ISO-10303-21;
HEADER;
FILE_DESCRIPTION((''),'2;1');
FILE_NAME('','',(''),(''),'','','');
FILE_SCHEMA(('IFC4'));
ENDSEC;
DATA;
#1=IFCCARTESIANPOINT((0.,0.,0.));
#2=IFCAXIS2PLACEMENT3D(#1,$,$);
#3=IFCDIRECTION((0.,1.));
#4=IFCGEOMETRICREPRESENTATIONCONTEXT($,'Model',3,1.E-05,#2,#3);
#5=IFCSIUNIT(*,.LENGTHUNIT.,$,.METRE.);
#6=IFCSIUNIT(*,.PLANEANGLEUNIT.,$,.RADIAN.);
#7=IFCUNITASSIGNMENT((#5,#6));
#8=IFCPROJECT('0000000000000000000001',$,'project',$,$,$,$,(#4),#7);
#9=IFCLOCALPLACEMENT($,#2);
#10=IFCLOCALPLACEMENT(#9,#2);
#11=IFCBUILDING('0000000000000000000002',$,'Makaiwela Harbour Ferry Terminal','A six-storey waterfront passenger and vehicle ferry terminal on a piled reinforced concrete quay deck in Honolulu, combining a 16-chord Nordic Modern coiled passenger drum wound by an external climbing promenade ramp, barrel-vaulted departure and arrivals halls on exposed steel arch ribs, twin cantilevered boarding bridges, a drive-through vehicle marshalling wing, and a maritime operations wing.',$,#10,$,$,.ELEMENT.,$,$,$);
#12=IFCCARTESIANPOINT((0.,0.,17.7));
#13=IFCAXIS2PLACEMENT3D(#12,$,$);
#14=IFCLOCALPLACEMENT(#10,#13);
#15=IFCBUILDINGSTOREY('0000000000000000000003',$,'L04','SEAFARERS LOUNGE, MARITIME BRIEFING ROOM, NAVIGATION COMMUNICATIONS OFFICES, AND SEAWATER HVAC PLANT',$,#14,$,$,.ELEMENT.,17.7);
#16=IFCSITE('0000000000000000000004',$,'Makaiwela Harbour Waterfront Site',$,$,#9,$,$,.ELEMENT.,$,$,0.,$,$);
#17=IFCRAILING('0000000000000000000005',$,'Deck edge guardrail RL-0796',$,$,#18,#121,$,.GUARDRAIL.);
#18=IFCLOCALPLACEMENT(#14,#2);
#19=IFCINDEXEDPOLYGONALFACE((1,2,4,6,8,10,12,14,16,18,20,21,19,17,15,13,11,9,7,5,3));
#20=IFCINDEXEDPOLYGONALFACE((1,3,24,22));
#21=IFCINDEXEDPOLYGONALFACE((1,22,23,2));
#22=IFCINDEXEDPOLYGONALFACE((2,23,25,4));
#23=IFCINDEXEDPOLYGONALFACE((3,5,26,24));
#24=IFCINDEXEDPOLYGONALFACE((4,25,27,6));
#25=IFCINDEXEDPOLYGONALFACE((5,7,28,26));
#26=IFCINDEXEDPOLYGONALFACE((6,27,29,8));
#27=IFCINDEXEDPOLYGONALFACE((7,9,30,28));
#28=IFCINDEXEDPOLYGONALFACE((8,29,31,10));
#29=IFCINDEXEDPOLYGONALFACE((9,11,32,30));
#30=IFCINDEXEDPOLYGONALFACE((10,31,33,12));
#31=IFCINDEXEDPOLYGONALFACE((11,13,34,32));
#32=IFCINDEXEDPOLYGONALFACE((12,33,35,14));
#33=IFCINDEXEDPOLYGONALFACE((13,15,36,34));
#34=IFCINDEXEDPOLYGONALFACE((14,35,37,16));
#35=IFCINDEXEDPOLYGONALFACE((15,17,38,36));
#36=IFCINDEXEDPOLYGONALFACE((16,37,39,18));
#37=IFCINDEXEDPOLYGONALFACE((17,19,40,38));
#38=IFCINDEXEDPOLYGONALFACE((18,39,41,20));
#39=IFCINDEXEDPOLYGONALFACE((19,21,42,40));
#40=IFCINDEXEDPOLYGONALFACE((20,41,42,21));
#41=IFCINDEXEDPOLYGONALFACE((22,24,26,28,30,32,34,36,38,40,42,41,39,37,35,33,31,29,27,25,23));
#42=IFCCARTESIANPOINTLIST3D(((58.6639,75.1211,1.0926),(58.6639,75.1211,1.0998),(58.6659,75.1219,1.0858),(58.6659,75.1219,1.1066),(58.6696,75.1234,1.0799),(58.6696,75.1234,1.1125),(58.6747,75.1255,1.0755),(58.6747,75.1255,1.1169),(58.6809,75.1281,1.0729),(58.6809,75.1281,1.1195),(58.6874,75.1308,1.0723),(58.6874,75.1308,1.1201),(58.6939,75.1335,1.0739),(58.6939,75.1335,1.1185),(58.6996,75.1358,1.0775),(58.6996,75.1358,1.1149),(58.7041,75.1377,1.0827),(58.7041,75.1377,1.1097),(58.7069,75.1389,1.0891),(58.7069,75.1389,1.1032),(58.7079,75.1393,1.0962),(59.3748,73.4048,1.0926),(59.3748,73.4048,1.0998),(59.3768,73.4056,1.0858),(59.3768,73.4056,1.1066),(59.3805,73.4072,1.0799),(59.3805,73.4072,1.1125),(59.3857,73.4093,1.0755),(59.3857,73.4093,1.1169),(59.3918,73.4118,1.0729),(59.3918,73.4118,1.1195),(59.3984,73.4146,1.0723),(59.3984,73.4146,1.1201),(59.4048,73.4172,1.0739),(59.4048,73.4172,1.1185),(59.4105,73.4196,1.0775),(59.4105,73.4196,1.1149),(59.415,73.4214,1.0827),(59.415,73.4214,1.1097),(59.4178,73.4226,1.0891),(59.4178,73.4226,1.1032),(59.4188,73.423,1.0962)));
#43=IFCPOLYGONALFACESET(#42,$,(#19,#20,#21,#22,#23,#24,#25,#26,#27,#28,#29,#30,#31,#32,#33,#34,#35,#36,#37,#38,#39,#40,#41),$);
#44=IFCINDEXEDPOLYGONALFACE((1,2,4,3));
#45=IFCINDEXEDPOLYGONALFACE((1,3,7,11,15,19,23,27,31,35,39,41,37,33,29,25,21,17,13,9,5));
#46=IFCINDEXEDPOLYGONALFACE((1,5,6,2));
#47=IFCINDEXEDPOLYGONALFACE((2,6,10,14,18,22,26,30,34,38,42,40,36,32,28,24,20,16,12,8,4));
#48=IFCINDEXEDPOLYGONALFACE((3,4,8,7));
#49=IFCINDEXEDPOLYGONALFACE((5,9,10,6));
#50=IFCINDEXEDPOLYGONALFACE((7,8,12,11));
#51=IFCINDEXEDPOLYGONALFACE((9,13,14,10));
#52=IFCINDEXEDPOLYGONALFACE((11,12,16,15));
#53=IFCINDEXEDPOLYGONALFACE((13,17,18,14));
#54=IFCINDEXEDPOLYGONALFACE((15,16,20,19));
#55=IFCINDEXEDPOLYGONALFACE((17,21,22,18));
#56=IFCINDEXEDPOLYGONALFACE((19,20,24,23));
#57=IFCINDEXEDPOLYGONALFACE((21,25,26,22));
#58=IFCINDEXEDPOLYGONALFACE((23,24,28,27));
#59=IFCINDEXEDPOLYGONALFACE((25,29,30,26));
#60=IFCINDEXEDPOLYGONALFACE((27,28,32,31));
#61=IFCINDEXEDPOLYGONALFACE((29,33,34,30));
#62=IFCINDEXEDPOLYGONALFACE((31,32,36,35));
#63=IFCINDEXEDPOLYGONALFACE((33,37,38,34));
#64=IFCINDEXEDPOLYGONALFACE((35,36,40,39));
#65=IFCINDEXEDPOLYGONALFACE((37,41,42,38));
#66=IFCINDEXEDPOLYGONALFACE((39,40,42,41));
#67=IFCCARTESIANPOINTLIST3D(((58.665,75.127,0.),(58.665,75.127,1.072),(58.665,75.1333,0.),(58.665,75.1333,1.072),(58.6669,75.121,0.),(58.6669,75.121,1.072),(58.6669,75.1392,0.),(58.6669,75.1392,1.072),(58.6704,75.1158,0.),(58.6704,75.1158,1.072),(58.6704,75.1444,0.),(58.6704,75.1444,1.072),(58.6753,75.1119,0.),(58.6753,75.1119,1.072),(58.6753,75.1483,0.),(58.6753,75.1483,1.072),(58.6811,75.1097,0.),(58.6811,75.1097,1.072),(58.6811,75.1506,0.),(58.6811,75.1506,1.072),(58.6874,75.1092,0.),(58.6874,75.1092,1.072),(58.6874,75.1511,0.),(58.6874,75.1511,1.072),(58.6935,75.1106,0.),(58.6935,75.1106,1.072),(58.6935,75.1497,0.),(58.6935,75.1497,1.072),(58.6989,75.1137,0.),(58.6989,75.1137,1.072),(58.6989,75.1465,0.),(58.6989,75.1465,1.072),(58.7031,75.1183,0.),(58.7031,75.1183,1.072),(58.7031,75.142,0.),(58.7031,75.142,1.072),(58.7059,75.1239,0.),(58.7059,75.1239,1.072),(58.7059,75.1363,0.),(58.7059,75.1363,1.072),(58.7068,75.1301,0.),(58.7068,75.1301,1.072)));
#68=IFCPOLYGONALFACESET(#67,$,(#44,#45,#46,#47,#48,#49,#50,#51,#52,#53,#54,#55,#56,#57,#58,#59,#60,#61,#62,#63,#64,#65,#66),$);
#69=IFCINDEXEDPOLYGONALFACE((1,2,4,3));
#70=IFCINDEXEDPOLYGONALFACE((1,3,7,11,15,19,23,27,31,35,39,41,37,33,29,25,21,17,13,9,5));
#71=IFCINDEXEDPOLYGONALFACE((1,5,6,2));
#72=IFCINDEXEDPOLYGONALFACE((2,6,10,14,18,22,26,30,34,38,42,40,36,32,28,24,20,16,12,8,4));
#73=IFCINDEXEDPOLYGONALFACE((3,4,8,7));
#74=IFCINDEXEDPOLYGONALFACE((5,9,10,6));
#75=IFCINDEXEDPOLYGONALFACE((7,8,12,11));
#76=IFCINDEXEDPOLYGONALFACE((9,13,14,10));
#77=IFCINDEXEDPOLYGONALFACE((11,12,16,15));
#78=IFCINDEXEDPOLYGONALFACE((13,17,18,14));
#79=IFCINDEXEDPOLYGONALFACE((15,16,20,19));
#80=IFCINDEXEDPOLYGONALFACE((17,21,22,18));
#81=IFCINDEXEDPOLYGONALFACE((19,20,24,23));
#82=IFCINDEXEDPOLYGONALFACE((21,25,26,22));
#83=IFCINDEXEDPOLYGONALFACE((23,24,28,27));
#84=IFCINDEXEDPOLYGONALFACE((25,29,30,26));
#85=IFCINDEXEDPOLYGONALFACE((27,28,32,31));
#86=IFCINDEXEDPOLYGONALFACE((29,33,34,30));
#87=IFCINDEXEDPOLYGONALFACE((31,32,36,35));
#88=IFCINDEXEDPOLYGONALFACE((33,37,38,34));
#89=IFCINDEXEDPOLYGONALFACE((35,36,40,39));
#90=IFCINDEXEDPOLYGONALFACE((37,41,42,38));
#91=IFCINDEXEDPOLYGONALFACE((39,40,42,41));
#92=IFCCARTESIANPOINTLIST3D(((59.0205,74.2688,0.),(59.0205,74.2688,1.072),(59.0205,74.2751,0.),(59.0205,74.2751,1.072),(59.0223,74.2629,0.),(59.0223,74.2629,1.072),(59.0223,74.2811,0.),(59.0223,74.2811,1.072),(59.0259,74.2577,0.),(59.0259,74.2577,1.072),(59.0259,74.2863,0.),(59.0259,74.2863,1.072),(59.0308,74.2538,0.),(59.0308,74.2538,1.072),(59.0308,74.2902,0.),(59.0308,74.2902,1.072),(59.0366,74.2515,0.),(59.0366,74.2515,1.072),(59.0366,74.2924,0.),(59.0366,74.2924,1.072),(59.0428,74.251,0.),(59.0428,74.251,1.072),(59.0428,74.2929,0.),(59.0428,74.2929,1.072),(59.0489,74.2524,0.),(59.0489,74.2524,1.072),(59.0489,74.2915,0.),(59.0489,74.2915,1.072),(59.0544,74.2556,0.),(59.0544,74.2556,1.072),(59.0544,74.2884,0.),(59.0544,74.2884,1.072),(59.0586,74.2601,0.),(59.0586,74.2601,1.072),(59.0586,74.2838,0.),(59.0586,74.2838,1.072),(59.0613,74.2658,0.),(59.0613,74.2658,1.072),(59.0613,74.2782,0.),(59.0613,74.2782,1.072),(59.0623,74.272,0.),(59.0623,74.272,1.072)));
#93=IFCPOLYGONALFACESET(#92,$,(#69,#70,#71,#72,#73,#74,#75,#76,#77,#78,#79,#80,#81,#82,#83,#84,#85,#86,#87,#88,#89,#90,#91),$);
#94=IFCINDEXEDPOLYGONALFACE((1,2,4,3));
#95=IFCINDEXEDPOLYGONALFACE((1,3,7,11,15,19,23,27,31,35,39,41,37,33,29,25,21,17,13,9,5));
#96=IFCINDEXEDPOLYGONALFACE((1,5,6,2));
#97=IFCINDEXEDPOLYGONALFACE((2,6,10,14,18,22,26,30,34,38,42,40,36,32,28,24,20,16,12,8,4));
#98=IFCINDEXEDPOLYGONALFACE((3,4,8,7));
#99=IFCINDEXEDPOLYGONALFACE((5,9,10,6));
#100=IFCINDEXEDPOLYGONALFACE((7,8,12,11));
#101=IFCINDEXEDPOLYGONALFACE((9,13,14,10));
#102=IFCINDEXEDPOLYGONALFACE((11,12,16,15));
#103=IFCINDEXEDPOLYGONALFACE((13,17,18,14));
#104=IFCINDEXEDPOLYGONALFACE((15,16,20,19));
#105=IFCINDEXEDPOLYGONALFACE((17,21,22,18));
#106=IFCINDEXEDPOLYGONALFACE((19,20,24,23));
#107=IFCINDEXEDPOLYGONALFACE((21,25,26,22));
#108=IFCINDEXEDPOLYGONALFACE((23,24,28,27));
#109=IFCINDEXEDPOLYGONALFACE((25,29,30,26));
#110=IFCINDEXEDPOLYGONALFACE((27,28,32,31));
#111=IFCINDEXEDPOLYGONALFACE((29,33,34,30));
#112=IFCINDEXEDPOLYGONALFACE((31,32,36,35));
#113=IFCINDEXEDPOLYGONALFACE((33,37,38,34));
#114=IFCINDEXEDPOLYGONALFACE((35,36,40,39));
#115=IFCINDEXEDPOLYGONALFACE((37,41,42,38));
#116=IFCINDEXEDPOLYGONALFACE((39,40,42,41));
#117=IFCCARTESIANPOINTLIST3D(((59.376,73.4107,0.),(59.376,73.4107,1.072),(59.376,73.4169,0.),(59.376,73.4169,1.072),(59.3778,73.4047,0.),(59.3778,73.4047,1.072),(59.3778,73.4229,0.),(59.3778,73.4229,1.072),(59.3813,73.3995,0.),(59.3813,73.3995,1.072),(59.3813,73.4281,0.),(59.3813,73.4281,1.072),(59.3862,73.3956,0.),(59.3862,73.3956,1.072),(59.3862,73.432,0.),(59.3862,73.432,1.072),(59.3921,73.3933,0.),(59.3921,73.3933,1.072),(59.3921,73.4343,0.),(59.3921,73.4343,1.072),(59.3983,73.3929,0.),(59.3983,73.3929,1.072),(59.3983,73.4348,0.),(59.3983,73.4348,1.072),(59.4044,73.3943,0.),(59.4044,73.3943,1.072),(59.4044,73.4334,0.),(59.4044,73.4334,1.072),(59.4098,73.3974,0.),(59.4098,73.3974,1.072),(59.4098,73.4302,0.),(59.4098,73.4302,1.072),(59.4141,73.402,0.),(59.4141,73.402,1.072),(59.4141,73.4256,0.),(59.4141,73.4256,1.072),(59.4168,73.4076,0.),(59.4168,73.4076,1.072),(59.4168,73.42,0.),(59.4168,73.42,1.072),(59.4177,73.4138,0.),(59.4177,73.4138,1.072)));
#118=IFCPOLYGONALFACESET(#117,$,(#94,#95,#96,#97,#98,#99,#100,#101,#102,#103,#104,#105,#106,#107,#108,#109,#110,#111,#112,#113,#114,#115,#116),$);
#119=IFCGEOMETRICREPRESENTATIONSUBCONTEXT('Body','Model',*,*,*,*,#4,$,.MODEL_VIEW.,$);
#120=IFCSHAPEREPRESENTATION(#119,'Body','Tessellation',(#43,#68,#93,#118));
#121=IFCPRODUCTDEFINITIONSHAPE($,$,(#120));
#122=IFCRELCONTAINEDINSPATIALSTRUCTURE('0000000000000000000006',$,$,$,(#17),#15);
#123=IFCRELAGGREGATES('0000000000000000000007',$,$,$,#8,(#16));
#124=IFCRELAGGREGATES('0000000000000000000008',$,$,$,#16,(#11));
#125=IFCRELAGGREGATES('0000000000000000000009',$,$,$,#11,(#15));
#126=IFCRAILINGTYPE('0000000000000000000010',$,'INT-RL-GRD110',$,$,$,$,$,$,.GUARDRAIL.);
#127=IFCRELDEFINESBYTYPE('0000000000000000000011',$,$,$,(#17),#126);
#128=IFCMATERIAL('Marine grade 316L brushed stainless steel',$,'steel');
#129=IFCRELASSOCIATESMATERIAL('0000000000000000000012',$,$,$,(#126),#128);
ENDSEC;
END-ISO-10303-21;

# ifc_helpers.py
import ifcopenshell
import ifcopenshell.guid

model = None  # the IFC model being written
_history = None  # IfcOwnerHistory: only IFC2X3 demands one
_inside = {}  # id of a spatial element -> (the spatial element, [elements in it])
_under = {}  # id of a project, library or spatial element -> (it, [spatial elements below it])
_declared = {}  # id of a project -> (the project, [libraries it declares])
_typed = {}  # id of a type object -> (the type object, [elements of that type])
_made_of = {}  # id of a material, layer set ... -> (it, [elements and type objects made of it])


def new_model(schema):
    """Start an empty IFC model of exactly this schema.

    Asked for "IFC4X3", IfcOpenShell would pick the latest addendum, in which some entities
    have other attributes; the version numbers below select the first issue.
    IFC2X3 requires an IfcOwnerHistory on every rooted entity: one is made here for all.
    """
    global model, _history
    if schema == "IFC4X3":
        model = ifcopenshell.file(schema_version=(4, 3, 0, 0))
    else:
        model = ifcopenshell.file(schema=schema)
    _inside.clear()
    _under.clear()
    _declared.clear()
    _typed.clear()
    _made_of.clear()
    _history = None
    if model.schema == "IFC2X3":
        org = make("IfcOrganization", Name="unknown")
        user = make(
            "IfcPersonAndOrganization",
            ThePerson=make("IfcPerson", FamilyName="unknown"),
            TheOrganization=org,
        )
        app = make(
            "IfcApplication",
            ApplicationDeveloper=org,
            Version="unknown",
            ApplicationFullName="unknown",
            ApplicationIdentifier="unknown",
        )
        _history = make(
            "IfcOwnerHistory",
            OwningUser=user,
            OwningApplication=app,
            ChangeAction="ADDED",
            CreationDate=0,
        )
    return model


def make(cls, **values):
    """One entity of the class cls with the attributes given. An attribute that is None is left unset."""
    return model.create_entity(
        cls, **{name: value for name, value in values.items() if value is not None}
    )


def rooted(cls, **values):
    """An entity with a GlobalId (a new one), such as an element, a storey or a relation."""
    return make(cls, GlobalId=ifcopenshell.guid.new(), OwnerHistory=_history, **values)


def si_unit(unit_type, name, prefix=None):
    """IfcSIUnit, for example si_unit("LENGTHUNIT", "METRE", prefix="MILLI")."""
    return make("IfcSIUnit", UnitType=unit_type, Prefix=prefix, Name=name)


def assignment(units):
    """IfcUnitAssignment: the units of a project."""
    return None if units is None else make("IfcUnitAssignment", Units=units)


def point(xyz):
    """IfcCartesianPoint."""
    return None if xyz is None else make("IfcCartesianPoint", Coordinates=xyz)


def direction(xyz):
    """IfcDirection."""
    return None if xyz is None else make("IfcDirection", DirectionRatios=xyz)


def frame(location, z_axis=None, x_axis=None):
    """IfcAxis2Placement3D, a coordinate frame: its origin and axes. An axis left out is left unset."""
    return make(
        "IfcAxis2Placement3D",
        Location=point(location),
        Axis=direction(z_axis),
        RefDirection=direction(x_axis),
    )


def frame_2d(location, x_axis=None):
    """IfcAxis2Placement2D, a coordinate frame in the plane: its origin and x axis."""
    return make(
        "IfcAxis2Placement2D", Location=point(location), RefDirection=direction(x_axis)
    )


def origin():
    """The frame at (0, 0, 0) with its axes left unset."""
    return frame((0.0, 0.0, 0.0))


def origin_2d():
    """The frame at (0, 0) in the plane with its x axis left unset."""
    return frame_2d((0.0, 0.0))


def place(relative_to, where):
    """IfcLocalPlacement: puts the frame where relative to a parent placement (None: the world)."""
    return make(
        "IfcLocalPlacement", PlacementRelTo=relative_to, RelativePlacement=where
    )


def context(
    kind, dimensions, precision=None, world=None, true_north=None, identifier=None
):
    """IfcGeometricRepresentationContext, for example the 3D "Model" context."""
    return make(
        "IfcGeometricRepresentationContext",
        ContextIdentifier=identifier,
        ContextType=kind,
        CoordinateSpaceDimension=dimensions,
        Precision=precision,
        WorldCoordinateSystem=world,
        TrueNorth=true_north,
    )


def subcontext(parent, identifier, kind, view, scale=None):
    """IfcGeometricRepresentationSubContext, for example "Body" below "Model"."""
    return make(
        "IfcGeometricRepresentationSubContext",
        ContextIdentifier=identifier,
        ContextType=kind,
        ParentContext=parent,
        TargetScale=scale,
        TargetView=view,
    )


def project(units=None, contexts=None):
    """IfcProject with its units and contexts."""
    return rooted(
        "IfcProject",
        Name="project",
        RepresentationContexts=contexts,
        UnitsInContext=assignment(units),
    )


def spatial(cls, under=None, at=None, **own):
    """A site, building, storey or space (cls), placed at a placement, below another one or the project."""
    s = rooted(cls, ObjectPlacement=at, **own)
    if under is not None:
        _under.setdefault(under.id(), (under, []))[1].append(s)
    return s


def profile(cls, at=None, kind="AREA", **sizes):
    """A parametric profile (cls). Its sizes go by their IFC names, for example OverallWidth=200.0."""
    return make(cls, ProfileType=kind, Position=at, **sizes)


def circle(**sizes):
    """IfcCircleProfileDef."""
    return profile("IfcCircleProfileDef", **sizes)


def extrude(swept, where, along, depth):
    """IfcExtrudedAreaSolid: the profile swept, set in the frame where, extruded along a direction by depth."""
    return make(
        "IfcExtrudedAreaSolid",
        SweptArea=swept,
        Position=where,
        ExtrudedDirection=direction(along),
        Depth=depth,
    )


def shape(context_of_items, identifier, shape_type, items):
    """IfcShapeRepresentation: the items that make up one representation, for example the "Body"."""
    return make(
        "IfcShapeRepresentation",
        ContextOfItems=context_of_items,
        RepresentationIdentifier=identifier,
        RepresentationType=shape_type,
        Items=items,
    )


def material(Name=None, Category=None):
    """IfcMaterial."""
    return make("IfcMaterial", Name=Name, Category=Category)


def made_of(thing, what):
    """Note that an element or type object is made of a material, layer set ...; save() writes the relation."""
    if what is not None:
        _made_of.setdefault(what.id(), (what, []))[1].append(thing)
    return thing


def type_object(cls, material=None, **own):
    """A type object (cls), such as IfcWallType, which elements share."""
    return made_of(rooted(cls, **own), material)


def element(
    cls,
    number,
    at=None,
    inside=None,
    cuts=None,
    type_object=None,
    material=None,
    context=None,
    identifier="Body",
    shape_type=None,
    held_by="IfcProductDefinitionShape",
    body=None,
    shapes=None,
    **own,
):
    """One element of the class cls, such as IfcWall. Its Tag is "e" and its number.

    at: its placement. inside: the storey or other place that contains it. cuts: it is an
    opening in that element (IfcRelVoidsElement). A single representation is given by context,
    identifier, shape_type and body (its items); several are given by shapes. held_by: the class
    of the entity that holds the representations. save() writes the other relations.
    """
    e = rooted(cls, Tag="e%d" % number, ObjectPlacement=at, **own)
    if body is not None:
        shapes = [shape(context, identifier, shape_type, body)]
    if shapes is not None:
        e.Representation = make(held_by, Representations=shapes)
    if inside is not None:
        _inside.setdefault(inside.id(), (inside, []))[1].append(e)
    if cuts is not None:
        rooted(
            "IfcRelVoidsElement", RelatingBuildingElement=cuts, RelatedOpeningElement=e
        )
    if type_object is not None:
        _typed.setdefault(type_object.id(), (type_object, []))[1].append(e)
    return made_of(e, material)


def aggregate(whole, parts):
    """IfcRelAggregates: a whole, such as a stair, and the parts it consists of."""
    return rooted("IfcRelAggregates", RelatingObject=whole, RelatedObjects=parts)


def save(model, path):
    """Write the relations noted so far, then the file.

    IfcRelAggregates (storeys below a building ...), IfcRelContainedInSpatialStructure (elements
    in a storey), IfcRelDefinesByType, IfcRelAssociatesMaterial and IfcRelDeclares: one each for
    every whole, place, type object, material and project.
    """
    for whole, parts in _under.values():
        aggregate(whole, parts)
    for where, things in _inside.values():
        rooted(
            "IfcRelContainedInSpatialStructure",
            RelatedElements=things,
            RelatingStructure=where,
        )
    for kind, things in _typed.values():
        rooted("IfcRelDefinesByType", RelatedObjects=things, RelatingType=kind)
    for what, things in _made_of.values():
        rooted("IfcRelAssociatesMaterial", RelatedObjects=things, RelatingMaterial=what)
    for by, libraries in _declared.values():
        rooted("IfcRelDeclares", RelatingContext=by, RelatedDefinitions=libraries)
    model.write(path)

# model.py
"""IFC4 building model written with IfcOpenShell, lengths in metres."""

from ifc_helpers import new_model, si_unit, direction, frame, origin, origin_2d, place, context, subcontext, project, spatial, circle, extrude, material, type_object, element, save


model = new_model("IFC4")

# Units and contexts
model_context = context("Model", 3, precision=1e-05, world=origin(), true_north=direction((0.0, 1.0)))
body_context = subcontext(model_context, "Body", "Model", "MODEL_VIEW")
ifc_project = project(units=[si_unit("LENGTHUNIT", "METRE"), si_unit("PLANEANGLEUNIT", "RADIAN")], contexts=[model_context])

# Site, building, storey
site_placement = place(None, origin())
site = spatial("IfcSite", under=ifc_project, at=site_placement, Name="Makaiwela Harbour Waterfront Site", CompositionType="ELEMENT", RefElevation=0.0)
building_placement = place(site_placement, origin())
building = spatial("IfcBuilding", under=site, at=building_placement, Name="Makaiwela Harbour Ferry Terminal", Description="A six-storey waterfront passenger and vehicle ferry terminal on a piled reinforced concrete quay deck in Honolulu, combining a 16-chord Nordic Modern coiled passenger drum wound by an external climbing promenade ramp, barrel-vaulted departure and arrivals halls on exposed steel arch ribs, twin cantilevered boarding bridges, a drive-through vehicle marshalling wing, and a maritime operations wing.", CompositionType="ELEMENT")
storey_placement = place(building_placement, frame((0.0, 0.0, 17.7)))
storey = spatial("IfcBuildingStorey", under=building, at=storey_placement, Name="L04", Description="SEAFARERS LOUNGE, MARITIME BRIEFING ROOM, NAVIGATION COMMUNICATIONS OFFICES, AND SEAWATER HVAC PLANT", CompositionType="ELEMENT", Elevation=17.7)

# Railing
ifc_material_1 = material(Name="Marine grade 316L brushed stainless steel", Category="steel")
railing_type = type_object("IfcRailingType", Name="INT-RL-GRD110", PredefinedType="GUARDRAIL", material=ifc_material_1)
railing_1_placement = place(storey_placement, frame((58.6858, 75.1301, 0.0)))
element("IfcRailing", 1, at=railing_1_placement, inside=storey, type_object=railing_type, Name="Deck edge guardrail RL-0796", PredefinedType="GUARDRAIL", context=body_context, shape_type="SweptSolid", body=[
    extrude(circle(Radius=0.0239, at=origin_2d()), frame((0.0, 0.0, 1.0962), z_axis=(0.382692, -0.923876, 0.0), x_axis=(0.923876, 0.382692, 0.0)), (0.0, 0.0, 1.0), 1.8577),
    extrude(circle(Radius=0.021, at=origin_2d()), origin(), (0.0, 0.0, 1.0), 1.072),
    extrude(circle(Radius=0.021, at=origin_2d()), frame((0.3555, -0.8582, 0.0)), (0.0, 0.0, 1.0), 1.072),
    extrude(circle(Radius=0.021, at=origin_2d()), frame((0.7109, -1.7163, 0.0)), (0.0, 0.0, 1.0), 1.072),
])

save(model, "model.ifc")
